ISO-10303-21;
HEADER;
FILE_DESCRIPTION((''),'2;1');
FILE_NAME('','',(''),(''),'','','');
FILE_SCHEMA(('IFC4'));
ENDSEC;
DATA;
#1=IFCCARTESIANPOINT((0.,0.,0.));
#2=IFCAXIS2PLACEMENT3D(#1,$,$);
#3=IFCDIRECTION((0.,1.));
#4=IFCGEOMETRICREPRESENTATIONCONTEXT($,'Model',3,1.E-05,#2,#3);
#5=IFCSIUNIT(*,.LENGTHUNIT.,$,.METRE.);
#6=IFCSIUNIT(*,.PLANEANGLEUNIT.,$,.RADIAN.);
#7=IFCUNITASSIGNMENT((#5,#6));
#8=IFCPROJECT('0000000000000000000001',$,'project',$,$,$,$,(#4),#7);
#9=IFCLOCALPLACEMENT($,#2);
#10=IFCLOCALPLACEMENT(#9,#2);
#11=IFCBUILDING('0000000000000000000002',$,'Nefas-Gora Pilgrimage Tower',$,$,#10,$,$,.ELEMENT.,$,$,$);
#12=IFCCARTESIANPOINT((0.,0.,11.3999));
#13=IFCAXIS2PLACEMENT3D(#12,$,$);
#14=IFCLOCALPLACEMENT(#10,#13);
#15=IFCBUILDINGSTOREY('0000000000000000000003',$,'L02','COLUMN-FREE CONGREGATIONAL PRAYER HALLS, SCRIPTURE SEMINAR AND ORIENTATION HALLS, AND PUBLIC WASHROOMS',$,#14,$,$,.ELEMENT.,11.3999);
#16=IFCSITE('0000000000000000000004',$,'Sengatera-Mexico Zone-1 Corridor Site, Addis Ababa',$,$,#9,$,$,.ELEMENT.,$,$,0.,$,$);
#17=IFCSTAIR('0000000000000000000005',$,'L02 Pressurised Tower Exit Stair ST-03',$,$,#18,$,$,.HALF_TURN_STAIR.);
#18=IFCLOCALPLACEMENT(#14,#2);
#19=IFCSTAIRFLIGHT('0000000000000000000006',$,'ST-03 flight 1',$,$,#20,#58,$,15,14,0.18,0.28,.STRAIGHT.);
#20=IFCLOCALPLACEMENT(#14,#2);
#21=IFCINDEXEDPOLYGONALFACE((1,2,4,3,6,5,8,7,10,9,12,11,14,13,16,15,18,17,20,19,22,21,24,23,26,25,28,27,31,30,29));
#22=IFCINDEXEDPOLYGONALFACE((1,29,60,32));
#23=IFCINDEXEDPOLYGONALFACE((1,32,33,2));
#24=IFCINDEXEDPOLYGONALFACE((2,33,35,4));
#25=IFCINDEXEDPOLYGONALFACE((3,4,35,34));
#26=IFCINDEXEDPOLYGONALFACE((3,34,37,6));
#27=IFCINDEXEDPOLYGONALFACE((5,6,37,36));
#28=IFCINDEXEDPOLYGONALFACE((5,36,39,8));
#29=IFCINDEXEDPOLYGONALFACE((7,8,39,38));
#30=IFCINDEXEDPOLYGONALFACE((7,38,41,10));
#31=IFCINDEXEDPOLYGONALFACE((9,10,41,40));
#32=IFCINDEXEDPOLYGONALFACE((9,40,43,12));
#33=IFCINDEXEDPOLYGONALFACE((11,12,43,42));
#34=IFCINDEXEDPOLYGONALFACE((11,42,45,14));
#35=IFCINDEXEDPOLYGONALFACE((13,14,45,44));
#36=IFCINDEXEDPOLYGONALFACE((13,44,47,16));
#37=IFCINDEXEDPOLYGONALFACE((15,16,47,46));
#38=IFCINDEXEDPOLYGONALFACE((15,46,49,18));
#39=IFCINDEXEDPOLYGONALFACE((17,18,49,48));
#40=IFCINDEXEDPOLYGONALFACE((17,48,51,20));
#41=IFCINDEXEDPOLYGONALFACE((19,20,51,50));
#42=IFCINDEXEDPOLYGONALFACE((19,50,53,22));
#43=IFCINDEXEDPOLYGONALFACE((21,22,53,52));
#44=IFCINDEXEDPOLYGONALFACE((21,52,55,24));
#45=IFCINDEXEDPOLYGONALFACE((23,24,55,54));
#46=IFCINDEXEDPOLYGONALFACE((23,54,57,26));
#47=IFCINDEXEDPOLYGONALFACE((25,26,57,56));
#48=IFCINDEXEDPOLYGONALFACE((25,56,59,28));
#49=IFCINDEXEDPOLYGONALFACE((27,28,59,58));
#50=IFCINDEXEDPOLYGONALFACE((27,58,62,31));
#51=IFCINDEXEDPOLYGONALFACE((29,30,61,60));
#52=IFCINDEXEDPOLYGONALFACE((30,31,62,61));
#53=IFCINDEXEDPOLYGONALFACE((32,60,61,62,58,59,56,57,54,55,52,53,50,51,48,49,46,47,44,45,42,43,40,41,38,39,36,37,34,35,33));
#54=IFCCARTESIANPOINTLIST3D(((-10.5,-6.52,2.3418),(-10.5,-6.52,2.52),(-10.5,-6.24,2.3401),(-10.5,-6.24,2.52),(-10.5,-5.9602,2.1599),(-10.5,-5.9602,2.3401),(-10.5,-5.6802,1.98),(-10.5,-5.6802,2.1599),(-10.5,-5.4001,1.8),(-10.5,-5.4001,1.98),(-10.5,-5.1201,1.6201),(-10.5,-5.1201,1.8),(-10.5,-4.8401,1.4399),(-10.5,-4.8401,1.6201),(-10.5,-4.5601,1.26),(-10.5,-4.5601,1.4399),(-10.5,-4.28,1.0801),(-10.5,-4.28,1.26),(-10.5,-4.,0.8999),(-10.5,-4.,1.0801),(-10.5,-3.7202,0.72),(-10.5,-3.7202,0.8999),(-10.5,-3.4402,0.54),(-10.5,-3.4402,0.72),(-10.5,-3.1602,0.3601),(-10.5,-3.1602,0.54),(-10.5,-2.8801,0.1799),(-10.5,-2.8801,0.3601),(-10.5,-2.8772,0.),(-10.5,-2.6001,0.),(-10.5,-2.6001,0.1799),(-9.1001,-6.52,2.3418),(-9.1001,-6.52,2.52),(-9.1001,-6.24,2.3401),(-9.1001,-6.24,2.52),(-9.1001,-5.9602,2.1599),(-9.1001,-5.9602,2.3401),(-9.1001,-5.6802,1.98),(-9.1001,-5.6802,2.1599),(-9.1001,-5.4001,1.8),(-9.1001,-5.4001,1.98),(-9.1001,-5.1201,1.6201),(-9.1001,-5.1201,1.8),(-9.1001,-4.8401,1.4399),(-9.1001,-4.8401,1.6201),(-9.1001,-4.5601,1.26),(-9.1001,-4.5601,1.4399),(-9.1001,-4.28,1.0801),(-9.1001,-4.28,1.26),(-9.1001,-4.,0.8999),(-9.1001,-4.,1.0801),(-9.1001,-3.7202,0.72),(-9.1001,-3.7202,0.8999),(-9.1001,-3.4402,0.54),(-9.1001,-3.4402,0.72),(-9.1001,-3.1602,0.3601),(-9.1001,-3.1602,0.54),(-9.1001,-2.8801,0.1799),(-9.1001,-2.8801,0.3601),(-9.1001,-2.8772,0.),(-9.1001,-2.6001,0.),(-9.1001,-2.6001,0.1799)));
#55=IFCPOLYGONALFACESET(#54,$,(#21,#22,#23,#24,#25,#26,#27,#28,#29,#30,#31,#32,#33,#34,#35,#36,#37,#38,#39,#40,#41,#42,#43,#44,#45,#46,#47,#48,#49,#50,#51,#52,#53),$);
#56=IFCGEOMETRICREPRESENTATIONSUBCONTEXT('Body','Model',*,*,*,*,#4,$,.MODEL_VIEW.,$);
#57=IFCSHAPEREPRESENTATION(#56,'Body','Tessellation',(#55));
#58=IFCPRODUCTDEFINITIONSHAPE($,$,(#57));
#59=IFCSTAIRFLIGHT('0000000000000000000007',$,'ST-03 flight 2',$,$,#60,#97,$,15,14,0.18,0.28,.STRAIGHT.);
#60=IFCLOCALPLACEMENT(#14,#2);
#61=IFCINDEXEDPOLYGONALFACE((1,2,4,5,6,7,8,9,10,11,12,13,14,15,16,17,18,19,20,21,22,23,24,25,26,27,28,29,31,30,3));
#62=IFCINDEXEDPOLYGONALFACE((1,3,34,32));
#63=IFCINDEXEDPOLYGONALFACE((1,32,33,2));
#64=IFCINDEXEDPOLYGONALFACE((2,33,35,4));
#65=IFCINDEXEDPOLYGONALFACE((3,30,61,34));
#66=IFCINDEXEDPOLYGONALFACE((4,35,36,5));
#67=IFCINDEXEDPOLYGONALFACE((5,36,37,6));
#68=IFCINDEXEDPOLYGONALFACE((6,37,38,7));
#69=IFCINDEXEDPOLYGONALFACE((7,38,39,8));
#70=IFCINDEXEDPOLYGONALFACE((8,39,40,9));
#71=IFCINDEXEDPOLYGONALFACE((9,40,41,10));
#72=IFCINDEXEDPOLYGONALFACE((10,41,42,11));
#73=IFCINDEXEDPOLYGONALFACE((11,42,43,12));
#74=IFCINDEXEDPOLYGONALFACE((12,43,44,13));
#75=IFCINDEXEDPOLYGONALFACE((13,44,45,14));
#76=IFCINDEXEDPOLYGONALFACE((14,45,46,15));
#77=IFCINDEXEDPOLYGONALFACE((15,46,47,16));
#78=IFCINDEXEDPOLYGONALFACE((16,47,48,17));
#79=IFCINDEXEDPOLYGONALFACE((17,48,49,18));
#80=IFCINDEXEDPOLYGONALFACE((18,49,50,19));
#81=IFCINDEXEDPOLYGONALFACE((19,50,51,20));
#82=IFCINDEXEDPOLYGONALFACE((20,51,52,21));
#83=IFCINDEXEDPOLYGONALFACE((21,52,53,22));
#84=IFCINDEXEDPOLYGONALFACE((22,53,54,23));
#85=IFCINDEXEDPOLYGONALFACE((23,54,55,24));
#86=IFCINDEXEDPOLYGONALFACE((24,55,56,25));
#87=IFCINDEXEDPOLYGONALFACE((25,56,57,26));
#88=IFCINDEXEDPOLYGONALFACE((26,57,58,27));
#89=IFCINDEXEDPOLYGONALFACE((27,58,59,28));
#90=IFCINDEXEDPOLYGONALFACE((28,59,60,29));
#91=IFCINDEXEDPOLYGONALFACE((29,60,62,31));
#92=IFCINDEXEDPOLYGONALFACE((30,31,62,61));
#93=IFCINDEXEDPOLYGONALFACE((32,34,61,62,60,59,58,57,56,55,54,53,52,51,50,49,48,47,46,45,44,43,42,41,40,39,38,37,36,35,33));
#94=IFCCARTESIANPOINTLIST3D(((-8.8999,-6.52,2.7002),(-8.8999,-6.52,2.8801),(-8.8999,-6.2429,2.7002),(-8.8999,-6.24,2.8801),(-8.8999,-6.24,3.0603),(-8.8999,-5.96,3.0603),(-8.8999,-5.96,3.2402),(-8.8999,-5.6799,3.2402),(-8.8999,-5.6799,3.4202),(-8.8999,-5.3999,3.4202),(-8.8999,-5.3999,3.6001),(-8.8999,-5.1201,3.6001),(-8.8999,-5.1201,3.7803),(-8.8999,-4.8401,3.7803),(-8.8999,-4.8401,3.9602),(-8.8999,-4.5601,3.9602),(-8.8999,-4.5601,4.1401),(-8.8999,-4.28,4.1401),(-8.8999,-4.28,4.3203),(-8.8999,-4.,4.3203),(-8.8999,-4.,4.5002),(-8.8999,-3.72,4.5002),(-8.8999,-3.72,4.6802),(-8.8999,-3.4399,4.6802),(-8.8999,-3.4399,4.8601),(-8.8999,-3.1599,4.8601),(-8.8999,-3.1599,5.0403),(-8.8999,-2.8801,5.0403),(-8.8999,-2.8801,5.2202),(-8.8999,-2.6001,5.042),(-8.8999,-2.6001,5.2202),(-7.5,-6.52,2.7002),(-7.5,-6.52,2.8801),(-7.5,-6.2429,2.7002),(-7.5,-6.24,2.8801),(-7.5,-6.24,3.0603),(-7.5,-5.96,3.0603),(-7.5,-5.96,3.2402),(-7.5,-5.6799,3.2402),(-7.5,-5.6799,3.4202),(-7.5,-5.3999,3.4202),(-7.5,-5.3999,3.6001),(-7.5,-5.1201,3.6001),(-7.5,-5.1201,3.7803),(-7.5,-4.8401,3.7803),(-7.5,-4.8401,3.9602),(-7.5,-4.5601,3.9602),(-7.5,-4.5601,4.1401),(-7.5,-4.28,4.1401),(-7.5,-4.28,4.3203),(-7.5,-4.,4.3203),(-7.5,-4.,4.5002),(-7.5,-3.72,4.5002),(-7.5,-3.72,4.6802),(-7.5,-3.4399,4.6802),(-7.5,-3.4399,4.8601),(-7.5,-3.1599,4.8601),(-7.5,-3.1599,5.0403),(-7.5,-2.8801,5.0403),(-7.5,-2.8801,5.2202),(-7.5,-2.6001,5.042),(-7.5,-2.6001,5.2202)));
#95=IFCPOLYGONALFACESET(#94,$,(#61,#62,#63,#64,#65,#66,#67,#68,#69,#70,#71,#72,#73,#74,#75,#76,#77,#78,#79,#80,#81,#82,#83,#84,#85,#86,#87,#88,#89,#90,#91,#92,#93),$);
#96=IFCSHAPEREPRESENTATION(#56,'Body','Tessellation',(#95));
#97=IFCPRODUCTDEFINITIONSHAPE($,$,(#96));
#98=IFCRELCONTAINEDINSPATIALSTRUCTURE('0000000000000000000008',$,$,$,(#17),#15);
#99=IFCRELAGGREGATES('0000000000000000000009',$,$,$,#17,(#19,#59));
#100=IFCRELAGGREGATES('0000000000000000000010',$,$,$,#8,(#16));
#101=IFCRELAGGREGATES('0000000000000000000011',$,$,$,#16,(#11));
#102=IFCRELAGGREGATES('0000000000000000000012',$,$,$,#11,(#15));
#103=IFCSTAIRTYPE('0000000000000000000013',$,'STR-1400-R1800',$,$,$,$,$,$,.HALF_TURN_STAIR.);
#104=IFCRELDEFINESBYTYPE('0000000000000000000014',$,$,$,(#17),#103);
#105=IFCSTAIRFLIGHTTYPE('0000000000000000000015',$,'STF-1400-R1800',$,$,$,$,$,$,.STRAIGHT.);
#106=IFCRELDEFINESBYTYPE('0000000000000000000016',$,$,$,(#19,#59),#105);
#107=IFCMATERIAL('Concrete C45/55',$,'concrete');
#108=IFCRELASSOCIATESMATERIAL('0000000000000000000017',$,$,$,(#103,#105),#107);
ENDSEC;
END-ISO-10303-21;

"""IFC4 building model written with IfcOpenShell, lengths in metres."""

from ifc_helpers import new_model, si_unit, direction, frame, origin, place, context, subcontext, project, spatial, polyline, outline, extrude, source, transform, mapped, material, type_object, element, aggregate, save


model = new_model("IFC4")

# Units and contexts
model_context = context("Model", 3, precision=1e-05, world=origin(), true_north=direction((0.0, 1.0)))
body_context = subcontext(model_context, "Body", "Model", "MODEL_VIEW")
ifc_project = project(units=[si_unit("LENGTHUNIT", "METRE"), si_unit("PLANEANGLEUNIT", "RADIAN")], contexts=[model_context])

# Site, building, storey
site_placement = place(None, origin())
site = spatial("IfcSite", under=ifc_project, at=site_placement, Name="Sengatera-Mexico Zone-1 Corridor Site, Addis Ababa", CompositionType="ELEMENT", RefElevation=0.0)
building_placement = place(site_placement, origin())
building = spatial("IfcBuilding", under=site, at=building_placement, Name="Nefas-Gora Pilgrimage Tower", CompositionType="ELEMENT")
storey_placement = place(building_placement, frame((0.0, 0.0, 11.3999)))
storey = spatial("IfcBuildingStorey", under=building, at=storey_placement, Name="L02", Description="COLUMN-FREE CONGREGATIONAL PRAYER HALLS, SCRIPTURE SEMINAR AND ORIENTATION HALLS, AND PUBLIC WASHROOMS", CompositionType="ELEMENT", Elevation=11.3999)

# Shared definitions
ifc_material_1 = material(Name="Concrete C45/55", Category="concrete")

# Stair, stair flights
stair_type = type_object("IfcStairType", Name="STR-1400-R1800", PredefinedType="HALF_TURN_STAIR", material=ifc_material_1)
stair_placement = place(storey_placement, origin())
stair = element("IfcStair", 1, at=stair_placement, inside=storey, type_object=stair_type, Name="L02 Pressurised Tower Exit Stair ST-03", PredefinedType="HALF_TURN_STAIR")
stair_flight_type = type_object("IfcStairFlightType", Name="STF-1400-R1800", PredefinedType="STRAIGHT", material=ifc_material_1)
shared_shape_1 = source(origin(), body_context, "Body", "SweptSolid", [
    extrude(outline(polyline([(0.0, 0.0), (0.0, 0.1799), (0.28, 0.1799), (0.28, 0.3601), (0.5601, 0.3601), (0.5601, 0.54), (0.8401, 0.54), (0.8401, 0.72), (1.1201, 0.72), (1.1201, 0.8999), (1.3999, 0.8999), (1.3999, 1.0801), (1.6799, 1.0801), (1.6799, 1.26), (1.96, 1.26), (1.96, 1.4399), (2.24, 1.4399), (2.24, 1.6201), (2.52, 1.6201), (2.52, 1.8), (2.8, 1.8), (2.8, 1.98), (3.0801, 1.98), (3.0801, 2.1599), (3.3601, 2.1599), (3.3601, 2.3401), (3.6399, 2.3401), (3.6399, 2.52), (3.9199, 2.52), (3.9199, 2.7), (3.9199, 2.3418), (0.2771, 0.0), (0.0, 0.0)])), frame((0.0, 0.7, 0.0), z_axis=(0.0, -1.0, 0.0), x_axis=(1.0, 0.0, 0.0)), (0.0, 0.0, 1.0), 1.3999),
])
stair_flight_1_placement = place(storey_placement, frame((-9.8, -2.6001, 0.0), z_axis=(0.0, 0.0, 1.0), x_axis=(0.0, -1.0, 0.0)))
stair_flight_1 = element("IfcStairFlight", 2, at=stair_flight_1_placement, type_object=stair_flight_type, Name="ST-03 flight 1", NumberOfRisers=15, NumberOfTreads=14, PredefinedType="STRAIGHT", RiserHeight=0.18, TreadLength=0.28, context=body_context, shape_type="MappedRepresentation", body=[
    mapped(shared_shape_1, transform((0.0, 0.0, 0.0), x_axis=(1.0, 0.0, 0.0), y_axis=(0.0, 1.0, 0.0), z_axis=(0.0, 0.0, 1.0), scale=1.0)),
])
stair_flight_2_placement = place(storey_placement, frame((-8.2, -6.52, 2.7002), z_axis=(0.0, 0.0, 1.0), x_axis=(0.0, 1.0, 0.0)))
stair_flight_2 = element("IfcStairFlight", 3, at=stair_flight_2_placement, type_object=stair_flight_type, Name="ST-03 flight 2", NumberOfRisers=15, NumberOfTreads=14, PredefinedType="STRAIGHT", RiserHeight=0.18, TreadLength=0.28, context=body_context, shape_type="MappedRepresentation", body=[
    mapped(shared_shape_1, transform((0.0, 0.0, 0.0), x_axis=(1.0, 0.0, 0.0), y_axis=(0.0, 1.0, 0.0), z_axis=(0.0, 0.0, 1.0), scale=1.0)),
])
aggregate(stair, [stair_flight_1, stair_flight_2])

save(model, "model.ifc")
